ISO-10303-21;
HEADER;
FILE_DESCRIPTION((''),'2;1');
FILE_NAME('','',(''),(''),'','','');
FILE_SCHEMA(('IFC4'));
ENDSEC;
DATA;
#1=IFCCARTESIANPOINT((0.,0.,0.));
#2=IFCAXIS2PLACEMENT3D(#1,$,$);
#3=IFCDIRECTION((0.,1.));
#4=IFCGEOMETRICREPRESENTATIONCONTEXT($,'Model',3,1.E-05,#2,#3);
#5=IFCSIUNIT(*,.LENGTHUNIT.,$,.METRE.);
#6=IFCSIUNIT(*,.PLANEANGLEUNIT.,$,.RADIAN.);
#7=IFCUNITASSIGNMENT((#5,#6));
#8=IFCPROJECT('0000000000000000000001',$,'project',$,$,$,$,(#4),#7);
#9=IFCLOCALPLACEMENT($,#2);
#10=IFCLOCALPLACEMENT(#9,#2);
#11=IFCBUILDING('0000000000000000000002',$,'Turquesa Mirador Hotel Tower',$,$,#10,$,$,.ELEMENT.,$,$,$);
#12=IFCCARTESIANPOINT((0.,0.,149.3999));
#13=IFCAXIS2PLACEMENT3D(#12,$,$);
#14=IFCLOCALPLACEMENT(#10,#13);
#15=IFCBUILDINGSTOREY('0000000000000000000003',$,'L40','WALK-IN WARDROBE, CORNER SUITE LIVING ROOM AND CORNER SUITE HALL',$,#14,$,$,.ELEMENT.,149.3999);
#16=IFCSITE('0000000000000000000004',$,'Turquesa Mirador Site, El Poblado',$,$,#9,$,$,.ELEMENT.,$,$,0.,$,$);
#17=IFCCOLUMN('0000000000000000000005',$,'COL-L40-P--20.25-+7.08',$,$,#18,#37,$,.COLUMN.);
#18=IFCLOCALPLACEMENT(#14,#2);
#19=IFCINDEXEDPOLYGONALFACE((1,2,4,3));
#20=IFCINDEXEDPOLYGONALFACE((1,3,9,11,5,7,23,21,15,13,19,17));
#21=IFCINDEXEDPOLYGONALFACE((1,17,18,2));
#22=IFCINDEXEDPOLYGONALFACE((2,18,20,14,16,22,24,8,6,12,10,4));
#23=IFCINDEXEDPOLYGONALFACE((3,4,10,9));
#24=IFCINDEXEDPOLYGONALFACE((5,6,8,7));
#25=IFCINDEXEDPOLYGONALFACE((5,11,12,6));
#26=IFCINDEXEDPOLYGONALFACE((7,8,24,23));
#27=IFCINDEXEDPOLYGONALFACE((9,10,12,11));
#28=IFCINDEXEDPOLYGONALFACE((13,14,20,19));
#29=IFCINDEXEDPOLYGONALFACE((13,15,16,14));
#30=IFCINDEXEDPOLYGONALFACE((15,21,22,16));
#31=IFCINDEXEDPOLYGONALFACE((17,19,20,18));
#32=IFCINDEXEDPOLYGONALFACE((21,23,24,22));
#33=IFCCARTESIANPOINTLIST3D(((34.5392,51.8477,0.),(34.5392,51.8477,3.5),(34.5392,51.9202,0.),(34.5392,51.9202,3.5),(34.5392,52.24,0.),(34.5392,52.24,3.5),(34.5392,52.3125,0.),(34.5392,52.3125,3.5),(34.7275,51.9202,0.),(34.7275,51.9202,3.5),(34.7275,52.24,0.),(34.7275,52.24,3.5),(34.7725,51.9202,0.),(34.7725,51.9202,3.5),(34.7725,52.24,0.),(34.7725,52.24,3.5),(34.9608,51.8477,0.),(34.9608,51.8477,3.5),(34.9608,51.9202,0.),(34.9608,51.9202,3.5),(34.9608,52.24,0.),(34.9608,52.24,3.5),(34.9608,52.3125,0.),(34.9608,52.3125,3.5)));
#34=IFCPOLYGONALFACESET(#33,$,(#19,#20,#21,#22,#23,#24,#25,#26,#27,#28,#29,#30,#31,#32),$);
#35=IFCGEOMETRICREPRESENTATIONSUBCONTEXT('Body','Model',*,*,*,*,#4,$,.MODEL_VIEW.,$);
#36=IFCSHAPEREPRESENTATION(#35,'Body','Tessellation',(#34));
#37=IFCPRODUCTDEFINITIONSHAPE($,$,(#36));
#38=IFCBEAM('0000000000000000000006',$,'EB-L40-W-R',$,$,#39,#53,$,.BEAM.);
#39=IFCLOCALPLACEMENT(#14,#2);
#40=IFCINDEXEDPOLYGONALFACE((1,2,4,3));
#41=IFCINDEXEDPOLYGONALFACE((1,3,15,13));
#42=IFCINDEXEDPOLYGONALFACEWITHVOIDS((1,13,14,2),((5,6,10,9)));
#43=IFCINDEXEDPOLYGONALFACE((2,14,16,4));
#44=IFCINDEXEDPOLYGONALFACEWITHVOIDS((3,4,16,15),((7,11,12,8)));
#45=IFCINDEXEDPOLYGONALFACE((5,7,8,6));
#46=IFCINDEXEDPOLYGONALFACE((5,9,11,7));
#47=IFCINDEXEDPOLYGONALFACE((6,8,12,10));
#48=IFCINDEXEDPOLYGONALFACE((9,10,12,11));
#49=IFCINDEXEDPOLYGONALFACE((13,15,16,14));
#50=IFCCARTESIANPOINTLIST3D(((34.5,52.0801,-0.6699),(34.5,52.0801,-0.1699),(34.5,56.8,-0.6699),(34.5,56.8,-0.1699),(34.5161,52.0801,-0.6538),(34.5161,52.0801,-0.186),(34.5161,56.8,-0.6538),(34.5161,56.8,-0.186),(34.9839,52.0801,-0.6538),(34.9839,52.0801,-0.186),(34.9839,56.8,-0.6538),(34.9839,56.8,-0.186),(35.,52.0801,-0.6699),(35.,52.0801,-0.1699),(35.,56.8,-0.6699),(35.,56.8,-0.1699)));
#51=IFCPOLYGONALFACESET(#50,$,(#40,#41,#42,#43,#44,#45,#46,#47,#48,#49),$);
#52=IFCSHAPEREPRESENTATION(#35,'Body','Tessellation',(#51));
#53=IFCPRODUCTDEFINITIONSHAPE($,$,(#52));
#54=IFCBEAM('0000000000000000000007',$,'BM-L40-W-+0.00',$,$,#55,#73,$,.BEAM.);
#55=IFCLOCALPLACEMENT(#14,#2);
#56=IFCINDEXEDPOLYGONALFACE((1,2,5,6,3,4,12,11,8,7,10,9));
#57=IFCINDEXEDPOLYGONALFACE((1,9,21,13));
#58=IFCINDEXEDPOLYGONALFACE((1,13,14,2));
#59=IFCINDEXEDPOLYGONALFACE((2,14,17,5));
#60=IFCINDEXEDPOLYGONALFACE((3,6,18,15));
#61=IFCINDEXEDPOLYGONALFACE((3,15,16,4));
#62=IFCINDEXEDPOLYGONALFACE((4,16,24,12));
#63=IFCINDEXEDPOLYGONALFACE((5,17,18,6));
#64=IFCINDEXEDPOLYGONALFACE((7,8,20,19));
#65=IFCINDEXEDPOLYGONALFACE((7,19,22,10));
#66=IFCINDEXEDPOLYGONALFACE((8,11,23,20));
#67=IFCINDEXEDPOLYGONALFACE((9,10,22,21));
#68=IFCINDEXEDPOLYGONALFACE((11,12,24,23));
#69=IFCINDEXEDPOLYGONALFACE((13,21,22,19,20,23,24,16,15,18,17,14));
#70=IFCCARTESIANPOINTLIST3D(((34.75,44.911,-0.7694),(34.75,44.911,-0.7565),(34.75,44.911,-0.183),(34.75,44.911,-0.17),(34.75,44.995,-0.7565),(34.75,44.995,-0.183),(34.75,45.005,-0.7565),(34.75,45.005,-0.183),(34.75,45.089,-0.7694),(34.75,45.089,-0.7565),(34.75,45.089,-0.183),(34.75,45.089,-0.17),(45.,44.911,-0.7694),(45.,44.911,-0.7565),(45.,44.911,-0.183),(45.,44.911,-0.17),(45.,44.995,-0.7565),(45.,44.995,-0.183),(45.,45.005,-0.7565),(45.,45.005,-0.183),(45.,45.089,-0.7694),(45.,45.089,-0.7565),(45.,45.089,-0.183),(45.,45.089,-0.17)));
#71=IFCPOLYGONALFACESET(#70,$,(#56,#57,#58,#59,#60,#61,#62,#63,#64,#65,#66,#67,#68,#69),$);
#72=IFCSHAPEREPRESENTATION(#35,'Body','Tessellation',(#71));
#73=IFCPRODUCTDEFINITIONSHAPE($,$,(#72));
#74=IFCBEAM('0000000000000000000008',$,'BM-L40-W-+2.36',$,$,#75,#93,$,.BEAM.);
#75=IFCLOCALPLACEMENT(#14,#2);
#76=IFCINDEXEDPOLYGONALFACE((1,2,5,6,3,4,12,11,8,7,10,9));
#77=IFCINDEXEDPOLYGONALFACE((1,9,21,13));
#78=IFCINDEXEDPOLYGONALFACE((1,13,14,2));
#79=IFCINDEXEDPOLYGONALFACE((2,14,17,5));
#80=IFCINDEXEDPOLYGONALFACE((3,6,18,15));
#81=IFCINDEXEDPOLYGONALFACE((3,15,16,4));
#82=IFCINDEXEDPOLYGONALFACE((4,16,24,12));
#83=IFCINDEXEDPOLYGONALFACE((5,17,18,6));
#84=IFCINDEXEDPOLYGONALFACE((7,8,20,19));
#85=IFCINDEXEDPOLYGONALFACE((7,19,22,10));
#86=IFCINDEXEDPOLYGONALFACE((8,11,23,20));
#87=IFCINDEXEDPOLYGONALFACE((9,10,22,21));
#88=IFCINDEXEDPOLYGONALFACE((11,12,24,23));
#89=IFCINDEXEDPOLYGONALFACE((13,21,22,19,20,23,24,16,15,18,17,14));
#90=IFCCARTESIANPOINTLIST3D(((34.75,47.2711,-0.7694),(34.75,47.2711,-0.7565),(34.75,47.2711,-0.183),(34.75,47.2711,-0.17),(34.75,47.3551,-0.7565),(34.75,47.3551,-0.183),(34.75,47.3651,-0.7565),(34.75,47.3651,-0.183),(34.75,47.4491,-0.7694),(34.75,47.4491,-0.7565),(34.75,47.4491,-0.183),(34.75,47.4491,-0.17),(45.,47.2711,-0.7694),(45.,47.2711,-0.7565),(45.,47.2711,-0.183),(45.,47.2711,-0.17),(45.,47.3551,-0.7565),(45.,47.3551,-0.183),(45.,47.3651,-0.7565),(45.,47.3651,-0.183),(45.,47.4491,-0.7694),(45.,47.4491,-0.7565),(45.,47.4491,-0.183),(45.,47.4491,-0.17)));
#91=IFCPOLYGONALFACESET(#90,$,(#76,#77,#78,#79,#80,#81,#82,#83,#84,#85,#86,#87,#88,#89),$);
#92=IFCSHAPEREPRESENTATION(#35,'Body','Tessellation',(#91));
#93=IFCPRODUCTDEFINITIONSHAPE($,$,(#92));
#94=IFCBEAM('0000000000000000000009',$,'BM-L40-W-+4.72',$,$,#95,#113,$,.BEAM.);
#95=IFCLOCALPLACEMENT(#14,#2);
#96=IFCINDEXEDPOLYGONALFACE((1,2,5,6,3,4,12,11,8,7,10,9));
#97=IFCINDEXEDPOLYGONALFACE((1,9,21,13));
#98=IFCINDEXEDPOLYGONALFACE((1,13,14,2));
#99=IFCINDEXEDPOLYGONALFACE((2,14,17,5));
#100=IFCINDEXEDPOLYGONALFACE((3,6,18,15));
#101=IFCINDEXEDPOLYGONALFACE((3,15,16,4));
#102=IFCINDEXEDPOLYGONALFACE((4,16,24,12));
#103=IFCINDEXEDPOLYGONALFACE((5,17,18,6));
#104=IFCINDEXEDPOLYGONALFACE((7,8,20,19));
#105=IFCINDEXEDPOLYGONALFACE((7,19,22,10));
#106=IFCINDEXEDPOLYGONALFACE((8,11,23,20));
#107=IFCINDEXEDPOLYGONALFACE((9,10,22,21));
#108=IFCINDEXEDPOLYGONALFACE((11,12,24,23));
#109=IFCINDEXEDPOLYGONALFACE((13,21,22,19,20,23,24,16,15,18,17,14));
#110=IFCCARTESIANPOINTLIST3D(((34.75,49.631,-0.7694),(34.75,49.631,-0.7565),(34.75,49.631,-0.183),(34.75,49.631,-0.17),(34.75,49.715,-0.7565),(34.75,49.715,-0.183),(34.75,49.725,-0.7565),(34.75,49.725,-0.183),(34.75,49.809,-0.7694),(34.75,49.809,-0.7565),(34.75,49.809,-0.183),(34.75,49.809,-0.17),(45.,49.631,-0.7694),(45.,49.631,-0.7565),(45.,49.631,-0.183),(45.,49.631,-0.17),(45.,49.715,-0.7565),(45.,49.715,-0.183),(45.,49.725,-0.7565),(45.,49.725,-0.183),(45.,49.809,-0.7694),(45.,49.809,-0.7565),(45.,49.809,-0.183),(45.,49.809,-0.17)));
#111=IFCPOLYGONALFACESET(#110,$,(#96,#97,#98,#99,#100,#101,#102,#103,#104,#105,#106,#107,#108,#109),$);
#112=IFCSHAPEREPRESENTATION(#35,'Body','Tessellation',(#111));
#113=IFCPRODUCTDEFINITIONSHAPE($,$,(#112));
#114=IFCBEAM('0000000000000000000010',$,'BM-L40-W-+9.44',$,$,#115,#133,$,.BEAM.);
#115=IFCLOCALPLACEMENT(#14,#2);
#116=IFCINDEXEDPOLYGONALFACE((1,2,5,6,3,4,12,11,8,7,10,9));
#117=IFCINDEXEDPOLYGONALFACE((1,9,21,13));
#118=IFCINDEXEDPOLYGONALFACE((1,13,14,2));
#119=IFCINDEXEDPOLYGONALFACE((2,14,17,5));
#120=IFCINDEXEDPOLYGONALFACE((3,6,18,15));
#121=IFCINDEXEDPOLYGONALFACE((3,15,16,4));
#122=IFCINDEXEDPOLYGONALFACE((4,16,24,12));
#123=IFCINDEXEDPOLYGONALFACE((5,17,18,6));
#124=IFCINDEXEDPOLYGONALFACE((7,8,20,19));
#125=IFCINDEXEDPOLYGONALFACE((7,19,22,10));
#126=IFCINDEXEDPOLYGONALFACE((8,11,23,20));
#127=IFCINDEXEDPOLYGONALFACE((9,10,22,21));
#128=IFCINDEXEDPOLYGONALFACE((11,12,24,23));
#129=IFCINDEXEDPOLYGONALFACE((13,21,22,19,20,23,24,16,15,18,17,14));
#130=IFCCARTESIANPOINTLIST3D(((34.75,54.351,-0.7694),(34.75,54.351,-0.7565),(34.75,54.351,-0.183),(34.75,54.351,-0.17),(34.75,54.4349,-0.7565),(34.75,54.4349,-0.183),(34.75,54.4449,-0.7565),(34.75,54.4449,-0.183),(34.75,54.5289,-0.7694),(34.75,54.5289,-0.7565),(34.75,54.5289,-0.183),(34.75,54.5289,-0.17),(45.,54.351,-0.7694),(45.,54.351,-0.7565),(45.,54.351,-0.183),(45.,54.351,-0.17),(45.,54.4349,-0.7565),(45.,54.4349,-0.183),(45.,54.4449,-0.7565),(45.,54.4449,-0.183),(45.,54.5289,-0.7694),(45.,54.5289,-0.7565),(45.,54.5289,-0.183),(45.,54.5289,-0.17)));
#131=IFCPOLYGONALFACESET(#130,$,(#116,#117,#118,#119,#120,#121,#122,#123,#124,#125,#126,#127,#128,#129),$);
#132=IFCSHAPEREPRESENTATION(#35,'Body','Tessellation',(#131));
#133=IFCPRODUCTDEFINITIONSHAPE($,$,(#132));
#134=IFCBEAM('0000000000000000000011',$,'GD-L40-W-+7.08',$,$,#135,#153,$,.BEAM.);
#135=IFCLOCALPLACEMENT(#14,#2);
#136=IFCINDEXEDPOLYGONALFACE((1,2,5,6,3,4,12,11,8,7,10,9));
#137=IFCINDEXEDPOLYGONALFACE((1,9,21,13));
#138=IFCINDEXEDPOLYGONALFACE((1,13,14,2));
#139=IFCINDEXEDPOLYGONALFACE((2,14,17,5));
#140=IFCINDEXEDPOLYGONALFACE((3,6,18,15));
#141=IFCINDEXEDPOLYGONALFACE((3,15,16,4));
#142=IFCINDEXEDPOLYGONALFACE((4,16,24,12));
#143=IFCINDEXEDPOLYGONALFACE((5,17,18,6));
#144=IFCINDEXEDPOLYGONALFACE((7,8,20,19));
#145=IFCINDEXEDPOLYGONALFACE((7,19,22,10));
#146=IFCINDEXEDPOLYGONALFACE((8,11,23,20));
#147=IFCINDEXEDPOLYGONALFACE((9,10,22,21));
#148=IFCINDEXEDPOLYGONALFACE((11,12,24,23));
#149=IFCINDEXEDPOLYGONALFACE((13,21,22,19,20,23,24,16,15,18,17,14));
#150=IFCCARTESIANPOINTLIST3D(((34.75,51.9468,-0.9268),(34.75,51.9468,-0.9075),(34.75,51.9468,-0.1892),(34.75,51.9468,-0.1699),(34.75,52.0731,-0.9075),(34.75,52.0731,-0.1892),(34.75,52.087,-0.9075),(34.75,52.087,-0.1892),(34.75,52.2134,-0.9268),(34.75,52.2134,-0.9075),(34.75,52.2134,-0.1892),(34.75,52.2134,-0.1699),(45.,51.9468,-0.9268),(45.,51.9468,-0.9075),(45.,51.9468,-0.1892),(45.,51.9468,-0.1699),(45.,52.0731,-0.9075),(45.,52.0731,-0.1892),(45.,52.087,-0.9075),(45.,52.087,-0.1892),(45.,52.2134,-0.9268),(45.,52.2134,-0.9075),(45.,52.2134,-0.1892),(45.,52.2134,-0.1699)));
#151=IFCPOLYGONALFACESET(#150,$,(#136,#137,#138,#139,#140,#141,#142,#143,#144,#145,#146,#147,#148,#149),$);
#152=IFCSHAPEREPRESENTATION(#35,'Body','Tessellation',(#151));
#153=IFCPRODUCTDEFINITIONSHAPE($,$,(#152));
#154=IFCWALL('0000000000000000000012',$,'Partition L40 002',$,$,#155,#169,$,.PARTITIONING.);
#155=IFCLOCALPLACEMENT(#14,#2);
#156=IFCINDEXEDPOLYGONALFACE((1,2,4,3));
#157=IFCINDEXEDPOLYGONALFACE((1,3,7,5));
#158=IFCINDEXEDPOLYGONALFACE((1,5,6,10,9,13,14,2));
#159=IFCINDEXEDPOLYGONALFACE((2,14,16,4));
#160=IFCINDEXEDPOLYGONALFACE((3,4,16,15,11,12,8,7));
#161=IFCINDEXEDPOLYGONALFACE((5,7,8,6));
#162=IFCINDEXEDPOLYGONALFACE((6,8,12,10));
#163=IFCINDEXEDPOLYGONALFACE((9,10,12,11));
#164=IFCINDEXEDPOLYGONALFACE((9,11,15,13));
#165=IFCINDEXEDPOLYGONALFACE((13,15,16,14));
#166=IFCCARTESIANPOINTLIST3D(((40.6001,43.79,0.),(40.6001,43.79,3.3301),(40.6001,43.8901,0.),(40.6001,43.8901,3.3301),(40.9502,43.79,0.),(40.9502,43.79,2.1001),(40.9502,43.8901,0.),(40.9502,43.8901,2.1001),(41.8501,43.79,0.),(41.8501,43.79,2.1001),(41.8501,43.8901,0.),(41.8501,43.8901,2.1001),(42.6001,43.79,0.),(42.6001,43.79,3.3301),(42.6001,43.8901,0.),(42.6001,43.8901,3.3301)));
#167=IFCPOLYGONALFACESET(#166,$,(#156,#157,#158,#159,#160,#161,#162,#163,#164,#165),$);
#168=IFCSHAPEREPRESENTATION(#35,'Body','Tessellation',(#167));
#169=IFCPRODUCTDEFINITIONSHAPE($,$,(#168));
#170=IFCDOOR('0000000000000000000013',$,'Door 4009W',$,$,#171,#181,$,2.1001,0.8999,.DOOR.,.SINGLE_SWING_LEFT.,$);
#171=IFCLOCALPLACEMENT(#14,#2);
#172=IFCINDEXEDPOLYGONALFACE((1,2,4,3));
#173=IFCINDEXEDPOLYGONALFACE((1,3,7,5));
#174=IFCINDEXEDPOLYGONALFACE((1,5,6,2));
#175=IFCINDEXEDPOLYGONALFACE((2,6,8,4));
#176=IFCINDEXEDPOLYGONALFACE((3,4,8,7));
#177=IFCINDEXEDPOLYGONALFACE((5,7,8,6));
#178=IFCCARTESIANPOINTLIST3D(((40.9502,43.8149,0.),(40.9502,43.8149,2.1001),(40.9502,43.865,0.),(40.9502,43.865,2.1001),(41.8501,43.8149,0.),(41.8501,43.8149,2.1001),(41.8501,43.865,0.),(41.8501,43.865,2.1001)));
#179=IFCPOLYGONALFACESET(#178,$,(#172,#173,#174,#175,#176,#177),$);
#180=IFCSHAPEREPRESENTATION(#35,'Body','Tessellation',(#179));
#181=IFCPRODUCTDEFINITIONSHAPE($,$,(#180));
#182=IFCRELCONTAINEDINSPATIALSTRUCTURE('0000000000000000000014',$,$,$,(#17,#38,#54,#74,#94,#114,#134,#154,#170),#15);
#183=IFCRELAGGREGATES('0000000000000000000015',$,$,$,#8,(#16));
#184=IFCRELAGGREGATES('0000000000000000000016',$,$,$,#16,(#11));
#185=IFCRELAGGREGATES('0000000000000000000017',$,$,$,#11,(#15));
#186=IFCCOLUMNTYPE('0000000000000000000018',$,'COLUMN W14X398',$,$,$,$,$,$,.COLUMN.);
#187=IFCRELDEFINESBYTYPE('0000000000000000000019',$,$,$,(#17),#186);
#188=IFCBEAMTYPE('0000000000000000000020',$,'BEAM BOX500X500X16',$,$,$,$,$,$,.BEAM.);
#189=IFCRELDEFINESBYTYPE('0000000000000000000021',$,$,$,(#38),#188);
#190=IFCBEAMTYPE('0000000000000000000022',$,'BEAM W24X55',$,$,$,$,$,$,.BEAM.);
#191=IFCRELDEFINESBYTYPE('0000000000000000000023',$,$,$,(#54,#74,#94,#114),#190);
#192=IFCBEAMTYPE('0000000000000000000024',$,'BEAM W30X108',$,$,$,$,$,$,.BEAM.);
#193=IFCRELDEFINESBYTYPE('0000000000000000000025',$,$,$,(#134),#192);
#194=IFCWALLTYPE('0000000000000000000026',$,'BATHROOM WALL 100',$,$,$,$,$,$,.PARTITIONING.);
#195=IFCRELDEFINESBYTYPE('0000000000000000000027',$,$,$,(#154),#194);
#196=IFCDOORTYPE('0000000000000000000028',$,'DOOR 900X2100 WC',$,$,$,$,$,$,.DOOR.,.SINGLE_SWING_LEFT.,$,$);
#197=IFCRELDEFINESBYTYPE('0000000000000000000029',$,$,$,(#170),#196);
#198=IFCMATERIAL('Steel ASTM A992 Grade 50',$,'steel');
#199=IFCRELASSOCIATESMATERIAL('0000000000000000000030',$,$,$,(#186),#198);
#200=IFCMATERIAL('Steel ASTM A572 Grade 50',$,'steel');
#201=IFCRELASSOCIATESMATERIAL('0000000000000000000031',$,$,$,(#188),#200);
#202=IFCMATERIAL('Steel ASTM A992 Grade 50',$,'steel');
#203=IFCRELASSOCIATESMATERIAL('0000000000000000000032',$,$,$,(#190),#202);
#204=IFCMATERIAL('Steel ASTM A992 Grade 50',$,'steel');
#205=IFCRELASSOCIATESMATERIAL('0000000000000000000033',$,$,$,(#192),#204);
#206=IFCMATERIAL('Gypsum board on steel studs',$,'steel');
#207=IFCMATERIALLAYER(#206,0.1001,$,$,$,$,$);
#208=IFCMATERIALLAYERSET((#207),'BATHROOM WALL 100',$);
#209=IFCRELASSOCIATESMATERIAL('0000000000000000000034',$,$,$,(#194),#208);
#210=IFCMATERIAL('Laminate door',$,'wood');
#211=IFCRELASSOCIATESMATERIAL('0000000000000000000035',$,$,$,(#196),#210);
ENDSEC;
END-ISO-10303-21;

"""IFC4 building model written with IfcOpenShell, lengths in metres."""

from ifc_helpers import new_model, si_unit, direction, frame, frame_2d, origin, origin_2d, place, context, subcontext, project, spatial, rectangle, hollow_rectangle, i_section, extrude, material, layer, layer_set, material_profile, profile_set, type_object, element, fill, save


model = new_model("IFC4")

# Units and contexts
model_context = context("Model", 3, precision=1e-05, world=origin(), true_north=direction((0.0, 1.0)))
body_context = subcontext(model_context, "Body", "Model", "MODEL_VIEW")
ifc_project = project(units=[si_unit("LENGTHUNIT", "METRE"), si_unit("PLANEANGLEUNIT", "RADIAN")], contexts=[model_context])

# Site, building, storey
site_placement = place(None, origin())
site = spatial("IfcSite", under=ifc_project, at=site_placement, Name="Turquesa Mirador Site, El Poblado", CompositionType="ELEMENT", RefElevation=0.0)
building_placement = place(site_placement, origin())
building = spatial("IfcBuilding", under=site, at=building_placement, Name="Turquesa Mirador Hotel Tower", CompositionType="ELEMENT")
storey_placement = place(building_placement, frame((0.0, 0.0, 149.3999)))
storey = spatial("IfcBuildingStorey", under=building, at=storey_placement, Name="L40", Description="WALK-IN WARDROBE, CORNER SUITE LIVING ROOM AND CORNER SUITE HALL", CompositionType="ELEMENT", Elevation=149.3999)

# Column
ifc_material_1 = material(Name="Steel ASTM A992 Grade 50", Category="steel")
ifc_material_profile_1 = material_profile(ifc_material_1, i_section(OverallWidth=0.4216, OverallDepth=0.4648, WebThickness=0.0449, FlangeThickness=0.0725, at=origin_2d()), Name="W14X398")
ifc_profile_set_1 = profile_set([ifc_material_profile_1], Name="Steel ASTM A992 Grade 50")
column_type = type_object("IfcColumnType", Name="COLUMN W14X398", PredefinedType="COLUMN", material=ifc_profile_set_1)
column_placement = place(storey_placement, frame((34.75, 52.0801, 0.0), z_axis=(0.0, 0.0, 1.0), x_axis=(1.0, 0.0, 0.0)))
element("IfcColumn", 1, at=column_placement, inside=storey, type_object=column_type, Name="COL-L40-P--20.25-+7.08", PredefinedType="COLUMN", context=body_context, shape_type="SweptSolid", body=[
    extrude(i_section(OverallWidth=0.4216, OverallDepth=0.4648, WebThickness=0.0449, FlangeThickness=0.0725, at=origin_2d()), origin(), (0.0, 0.0, 1.0), 3.5),
])

# Beams
ifc_material_2 = material(Name="Steel ASTM A572 Grade 50", Category="steel")
ifc_material_profile_2 = material_profile(ifc_material_2, hollow_rectangle(XDim=0.5, YDim=0.5, WallThickness=0.0161, at=origin_2d()), Name="BOX500X500X16")
ifc_profile_set_2 = profile_set([ifc_material_profile_2], Name="Steel ASTM A572 Grade 50")
beam_type_1 = type_object("IfcBeamType", Name="BEAM BOX500X500X16", PredefinedType="BEAM", material=ifc_profile_set_2)
beam_1_placement = place(storey_placement, frame((34.75, 52.0801, -0.4199), z_axis=(0.0, 1.0, 0.0), x_axis=(-1.0, 0.0, 0.0)))
element("IfcBeam", 2, at=beam_1_placement, inside=storey, type_object=beam_type_1, Name="EB-L40-W-R", PredefinedType="BEAM", context=body_context, shape_type="SweptSolid", body=[
    extrude(hollow_rectangle(XDim=0.5, YDim=0.5, WallThickness=0.0161, at=origin_2d()), origin(), (0.0, 0.0, 1.0), 4.72),
])
ifc_material_3 = material(Name="Steel ASTM A992 Grade 50", Category="steel")
ifc_material_profile_3 = material_profile(ifc_material_3, i_section(OverallWidth=0.178, OverallDepth=0.5994, WebThickness=0.01, FlangeThickness=0.0129, at=origin_2d()), Name="W24X55")
ifc_profile_set_3 = profile_set([ifc_material_profile_3], Name="Steel ASTM A992 Grade 50")
beam_type_2 = type_object("IfcBeamType", Name="BEAM W24X55", PredefinedType="BEAM", material=ifc_profile_set_3)
for number, where, z_axis, x_axis, name in (
    (3, (34.75, 45.0, -0.4697), (1.0, 0.0, 0.0), (0.0, 1.0, 0.0), "BM-L40-W-+0.00"),
    (4, (34.75, 47.3601, -0.4697), (1.0, 0.0, 0.0), (0.0, 1.0, 0.0), "BM-L40-W-+2.36"),
    (5, (34.75, 49.72, -0.4697), (1.0, 0.0, 0.0), (0.0, 1.0, 0.0), "BM-L40-W-+4.72"),
    (6, (34.75, 54.4399, -0.4697), (1.0, 0.0, 0.0), (0.0, 1.0, 0.0), "BM-L40-W-+9.44"),
):
    element("IfcBeam", number, at=place(storey_placement, frame(where, z_axis=z_axis, x_axis=x_axis)), inside=storey, type_object=beam_type_2, Name=name, PredefinedType="BEAM", context=body_context, shape_type="SweptSolid", body=[
        extrude(i_section(OverallWidth=0.178, OverallDepth=0.5994, WebThickness=0.01, FlangeThickness=0.0129, at=origin_2d()), origin(), (0.0, 0.0, 1.0), 10.25),
    ])
ifc_material_4 = material(Name="Steel ASTM A992 Grade 50", Category="steel")
ifc_material_profile_4 = material_profile(ifc_material_4, i_section(OverallWidth=0.2666, OverallDepth=0.7568, WebThickness=0.0139, FlangeThickness=0.0193, at=origin_2d()), Name="W30X108")
ifc_profile_set_4 = profile_set([ifc_material_profile_4], Name="Steel ASTM A992 Grade 50")
beam_type_3 = type_object("IfcBeamType", Name="BEAM W30X108", PredefinedType="BEAM", material=ifc_profile_set_4)
beam_2_placement = place(storey_placement, frame((34.75, 52.0801, -0.5483), z_axis=(1.0, 0.0, 0.0), x_axis=(0.0, 1.0, 0.0)))
element("IfcBeam", 7, at=beam_2_placement, inside=storey, type_object=beam_type_3, Name="GD-L40-W-+7.08", PredefinedType="BEAM", context=body_context, shape_type="SweptSolid", body=[
    extrude(i_section(OverallWidth=0.2666, OverallDepth=0.7568, WebThickness=0.0139, FlangeThickness=0.0193, at=origin_2d()), origin(), (0.0, 0.0, 1.0), 10.25),
])

# Wall, opening, door
ifc_material_5 = material(Name="Gypsum board on steel studs", Category="steel")
ifc_layer_1 = layer(ifc_material_5, 0.1001)
ifc_layer_set_1 = layer_set([ifc_layer_1], Name="BATHROOM WALL 100")
wall_type_1 = type_object("IfcWallType", Name="BATHROOM WALL 100", PredefinedType="PARTITIONING", material=ifc_layer_set_1)
wall_1_placement = place(storey_placement, frame((40.6001, 43.8401, 0.0), z_axis=(0.0, 0.0, 1.0), x_axis=(1.0, 0.0, 0.0)))
wall_1 = element("IfcWall", 8, at=wall_1_placement, inside=storey, type_object=wall_type_1, Name="Partition L40 002", PredefinedType="PARTITIONING", context=body_context, shape_type="SweptSolid", body=[
    extrude(rectangle(XDim=2.0, YDim=0.1001, at=frame_2d((1.0, 0.0))), origin(), (0.0, 0.0, 1.0), 3.3301),
])
opening_1_placement = place(wall_1_placement, frame((0.3501, 0.0, 0.0)))
opening_1 = element("IfcOpeningElement", 9, at=opening_1_placement, cuts=wall_1, PredefinedType="OPENING", context=body_context, shape_type="SweptSolid", body=[
    extrude(rectangle(XDim=0.8999, YDim=2.1001, at=frame_2d((0.45, 1.05))), frame((0.0, 0.0601, 0.0), z_axis=(0.0, -1.0, 0.0), x_axis=(1.0, 0.0, 0.0)), (0.0, 0.0, 1.0), 0.1201),
])
ifc_material_6 = material(Name="Laminate door", Category="wood")
door_type_1 = type_object("IfcDoorType", Name="DOOR 900X2100 WC", OperationType="SINGLE_SWING_LEFT", PredefinedType="DOOR", material=ifc_material_6)
door_1_placement = place(opening_1_placement, origin())
door_1 = element("IfcDoor", 10, at=door_1_placement, inside=storey, type_object=door_type_1, Name="Door 4009W", OperationType="SINGLE_SWING_LEFT", OverallHeight=2.1001, OverallWidth=0.8999, PredefinedType="DOOR", context=body_context, shape_type="SweptSolid", body=[
    extrude(rectangle(XDim=0.8999, YDim=2.1001, at=frame_2d((0.45, 1.05))), frame((0.0, 0.0249, 0.0), z_axis=(0.0, -1.0, 0.0), x_axis=(1.0, 0.0, 0.0)), (0.0, 0.0, 1.0), 0.05),
])
fill(opening_1, door_1)

save(model, "model.ifc")
